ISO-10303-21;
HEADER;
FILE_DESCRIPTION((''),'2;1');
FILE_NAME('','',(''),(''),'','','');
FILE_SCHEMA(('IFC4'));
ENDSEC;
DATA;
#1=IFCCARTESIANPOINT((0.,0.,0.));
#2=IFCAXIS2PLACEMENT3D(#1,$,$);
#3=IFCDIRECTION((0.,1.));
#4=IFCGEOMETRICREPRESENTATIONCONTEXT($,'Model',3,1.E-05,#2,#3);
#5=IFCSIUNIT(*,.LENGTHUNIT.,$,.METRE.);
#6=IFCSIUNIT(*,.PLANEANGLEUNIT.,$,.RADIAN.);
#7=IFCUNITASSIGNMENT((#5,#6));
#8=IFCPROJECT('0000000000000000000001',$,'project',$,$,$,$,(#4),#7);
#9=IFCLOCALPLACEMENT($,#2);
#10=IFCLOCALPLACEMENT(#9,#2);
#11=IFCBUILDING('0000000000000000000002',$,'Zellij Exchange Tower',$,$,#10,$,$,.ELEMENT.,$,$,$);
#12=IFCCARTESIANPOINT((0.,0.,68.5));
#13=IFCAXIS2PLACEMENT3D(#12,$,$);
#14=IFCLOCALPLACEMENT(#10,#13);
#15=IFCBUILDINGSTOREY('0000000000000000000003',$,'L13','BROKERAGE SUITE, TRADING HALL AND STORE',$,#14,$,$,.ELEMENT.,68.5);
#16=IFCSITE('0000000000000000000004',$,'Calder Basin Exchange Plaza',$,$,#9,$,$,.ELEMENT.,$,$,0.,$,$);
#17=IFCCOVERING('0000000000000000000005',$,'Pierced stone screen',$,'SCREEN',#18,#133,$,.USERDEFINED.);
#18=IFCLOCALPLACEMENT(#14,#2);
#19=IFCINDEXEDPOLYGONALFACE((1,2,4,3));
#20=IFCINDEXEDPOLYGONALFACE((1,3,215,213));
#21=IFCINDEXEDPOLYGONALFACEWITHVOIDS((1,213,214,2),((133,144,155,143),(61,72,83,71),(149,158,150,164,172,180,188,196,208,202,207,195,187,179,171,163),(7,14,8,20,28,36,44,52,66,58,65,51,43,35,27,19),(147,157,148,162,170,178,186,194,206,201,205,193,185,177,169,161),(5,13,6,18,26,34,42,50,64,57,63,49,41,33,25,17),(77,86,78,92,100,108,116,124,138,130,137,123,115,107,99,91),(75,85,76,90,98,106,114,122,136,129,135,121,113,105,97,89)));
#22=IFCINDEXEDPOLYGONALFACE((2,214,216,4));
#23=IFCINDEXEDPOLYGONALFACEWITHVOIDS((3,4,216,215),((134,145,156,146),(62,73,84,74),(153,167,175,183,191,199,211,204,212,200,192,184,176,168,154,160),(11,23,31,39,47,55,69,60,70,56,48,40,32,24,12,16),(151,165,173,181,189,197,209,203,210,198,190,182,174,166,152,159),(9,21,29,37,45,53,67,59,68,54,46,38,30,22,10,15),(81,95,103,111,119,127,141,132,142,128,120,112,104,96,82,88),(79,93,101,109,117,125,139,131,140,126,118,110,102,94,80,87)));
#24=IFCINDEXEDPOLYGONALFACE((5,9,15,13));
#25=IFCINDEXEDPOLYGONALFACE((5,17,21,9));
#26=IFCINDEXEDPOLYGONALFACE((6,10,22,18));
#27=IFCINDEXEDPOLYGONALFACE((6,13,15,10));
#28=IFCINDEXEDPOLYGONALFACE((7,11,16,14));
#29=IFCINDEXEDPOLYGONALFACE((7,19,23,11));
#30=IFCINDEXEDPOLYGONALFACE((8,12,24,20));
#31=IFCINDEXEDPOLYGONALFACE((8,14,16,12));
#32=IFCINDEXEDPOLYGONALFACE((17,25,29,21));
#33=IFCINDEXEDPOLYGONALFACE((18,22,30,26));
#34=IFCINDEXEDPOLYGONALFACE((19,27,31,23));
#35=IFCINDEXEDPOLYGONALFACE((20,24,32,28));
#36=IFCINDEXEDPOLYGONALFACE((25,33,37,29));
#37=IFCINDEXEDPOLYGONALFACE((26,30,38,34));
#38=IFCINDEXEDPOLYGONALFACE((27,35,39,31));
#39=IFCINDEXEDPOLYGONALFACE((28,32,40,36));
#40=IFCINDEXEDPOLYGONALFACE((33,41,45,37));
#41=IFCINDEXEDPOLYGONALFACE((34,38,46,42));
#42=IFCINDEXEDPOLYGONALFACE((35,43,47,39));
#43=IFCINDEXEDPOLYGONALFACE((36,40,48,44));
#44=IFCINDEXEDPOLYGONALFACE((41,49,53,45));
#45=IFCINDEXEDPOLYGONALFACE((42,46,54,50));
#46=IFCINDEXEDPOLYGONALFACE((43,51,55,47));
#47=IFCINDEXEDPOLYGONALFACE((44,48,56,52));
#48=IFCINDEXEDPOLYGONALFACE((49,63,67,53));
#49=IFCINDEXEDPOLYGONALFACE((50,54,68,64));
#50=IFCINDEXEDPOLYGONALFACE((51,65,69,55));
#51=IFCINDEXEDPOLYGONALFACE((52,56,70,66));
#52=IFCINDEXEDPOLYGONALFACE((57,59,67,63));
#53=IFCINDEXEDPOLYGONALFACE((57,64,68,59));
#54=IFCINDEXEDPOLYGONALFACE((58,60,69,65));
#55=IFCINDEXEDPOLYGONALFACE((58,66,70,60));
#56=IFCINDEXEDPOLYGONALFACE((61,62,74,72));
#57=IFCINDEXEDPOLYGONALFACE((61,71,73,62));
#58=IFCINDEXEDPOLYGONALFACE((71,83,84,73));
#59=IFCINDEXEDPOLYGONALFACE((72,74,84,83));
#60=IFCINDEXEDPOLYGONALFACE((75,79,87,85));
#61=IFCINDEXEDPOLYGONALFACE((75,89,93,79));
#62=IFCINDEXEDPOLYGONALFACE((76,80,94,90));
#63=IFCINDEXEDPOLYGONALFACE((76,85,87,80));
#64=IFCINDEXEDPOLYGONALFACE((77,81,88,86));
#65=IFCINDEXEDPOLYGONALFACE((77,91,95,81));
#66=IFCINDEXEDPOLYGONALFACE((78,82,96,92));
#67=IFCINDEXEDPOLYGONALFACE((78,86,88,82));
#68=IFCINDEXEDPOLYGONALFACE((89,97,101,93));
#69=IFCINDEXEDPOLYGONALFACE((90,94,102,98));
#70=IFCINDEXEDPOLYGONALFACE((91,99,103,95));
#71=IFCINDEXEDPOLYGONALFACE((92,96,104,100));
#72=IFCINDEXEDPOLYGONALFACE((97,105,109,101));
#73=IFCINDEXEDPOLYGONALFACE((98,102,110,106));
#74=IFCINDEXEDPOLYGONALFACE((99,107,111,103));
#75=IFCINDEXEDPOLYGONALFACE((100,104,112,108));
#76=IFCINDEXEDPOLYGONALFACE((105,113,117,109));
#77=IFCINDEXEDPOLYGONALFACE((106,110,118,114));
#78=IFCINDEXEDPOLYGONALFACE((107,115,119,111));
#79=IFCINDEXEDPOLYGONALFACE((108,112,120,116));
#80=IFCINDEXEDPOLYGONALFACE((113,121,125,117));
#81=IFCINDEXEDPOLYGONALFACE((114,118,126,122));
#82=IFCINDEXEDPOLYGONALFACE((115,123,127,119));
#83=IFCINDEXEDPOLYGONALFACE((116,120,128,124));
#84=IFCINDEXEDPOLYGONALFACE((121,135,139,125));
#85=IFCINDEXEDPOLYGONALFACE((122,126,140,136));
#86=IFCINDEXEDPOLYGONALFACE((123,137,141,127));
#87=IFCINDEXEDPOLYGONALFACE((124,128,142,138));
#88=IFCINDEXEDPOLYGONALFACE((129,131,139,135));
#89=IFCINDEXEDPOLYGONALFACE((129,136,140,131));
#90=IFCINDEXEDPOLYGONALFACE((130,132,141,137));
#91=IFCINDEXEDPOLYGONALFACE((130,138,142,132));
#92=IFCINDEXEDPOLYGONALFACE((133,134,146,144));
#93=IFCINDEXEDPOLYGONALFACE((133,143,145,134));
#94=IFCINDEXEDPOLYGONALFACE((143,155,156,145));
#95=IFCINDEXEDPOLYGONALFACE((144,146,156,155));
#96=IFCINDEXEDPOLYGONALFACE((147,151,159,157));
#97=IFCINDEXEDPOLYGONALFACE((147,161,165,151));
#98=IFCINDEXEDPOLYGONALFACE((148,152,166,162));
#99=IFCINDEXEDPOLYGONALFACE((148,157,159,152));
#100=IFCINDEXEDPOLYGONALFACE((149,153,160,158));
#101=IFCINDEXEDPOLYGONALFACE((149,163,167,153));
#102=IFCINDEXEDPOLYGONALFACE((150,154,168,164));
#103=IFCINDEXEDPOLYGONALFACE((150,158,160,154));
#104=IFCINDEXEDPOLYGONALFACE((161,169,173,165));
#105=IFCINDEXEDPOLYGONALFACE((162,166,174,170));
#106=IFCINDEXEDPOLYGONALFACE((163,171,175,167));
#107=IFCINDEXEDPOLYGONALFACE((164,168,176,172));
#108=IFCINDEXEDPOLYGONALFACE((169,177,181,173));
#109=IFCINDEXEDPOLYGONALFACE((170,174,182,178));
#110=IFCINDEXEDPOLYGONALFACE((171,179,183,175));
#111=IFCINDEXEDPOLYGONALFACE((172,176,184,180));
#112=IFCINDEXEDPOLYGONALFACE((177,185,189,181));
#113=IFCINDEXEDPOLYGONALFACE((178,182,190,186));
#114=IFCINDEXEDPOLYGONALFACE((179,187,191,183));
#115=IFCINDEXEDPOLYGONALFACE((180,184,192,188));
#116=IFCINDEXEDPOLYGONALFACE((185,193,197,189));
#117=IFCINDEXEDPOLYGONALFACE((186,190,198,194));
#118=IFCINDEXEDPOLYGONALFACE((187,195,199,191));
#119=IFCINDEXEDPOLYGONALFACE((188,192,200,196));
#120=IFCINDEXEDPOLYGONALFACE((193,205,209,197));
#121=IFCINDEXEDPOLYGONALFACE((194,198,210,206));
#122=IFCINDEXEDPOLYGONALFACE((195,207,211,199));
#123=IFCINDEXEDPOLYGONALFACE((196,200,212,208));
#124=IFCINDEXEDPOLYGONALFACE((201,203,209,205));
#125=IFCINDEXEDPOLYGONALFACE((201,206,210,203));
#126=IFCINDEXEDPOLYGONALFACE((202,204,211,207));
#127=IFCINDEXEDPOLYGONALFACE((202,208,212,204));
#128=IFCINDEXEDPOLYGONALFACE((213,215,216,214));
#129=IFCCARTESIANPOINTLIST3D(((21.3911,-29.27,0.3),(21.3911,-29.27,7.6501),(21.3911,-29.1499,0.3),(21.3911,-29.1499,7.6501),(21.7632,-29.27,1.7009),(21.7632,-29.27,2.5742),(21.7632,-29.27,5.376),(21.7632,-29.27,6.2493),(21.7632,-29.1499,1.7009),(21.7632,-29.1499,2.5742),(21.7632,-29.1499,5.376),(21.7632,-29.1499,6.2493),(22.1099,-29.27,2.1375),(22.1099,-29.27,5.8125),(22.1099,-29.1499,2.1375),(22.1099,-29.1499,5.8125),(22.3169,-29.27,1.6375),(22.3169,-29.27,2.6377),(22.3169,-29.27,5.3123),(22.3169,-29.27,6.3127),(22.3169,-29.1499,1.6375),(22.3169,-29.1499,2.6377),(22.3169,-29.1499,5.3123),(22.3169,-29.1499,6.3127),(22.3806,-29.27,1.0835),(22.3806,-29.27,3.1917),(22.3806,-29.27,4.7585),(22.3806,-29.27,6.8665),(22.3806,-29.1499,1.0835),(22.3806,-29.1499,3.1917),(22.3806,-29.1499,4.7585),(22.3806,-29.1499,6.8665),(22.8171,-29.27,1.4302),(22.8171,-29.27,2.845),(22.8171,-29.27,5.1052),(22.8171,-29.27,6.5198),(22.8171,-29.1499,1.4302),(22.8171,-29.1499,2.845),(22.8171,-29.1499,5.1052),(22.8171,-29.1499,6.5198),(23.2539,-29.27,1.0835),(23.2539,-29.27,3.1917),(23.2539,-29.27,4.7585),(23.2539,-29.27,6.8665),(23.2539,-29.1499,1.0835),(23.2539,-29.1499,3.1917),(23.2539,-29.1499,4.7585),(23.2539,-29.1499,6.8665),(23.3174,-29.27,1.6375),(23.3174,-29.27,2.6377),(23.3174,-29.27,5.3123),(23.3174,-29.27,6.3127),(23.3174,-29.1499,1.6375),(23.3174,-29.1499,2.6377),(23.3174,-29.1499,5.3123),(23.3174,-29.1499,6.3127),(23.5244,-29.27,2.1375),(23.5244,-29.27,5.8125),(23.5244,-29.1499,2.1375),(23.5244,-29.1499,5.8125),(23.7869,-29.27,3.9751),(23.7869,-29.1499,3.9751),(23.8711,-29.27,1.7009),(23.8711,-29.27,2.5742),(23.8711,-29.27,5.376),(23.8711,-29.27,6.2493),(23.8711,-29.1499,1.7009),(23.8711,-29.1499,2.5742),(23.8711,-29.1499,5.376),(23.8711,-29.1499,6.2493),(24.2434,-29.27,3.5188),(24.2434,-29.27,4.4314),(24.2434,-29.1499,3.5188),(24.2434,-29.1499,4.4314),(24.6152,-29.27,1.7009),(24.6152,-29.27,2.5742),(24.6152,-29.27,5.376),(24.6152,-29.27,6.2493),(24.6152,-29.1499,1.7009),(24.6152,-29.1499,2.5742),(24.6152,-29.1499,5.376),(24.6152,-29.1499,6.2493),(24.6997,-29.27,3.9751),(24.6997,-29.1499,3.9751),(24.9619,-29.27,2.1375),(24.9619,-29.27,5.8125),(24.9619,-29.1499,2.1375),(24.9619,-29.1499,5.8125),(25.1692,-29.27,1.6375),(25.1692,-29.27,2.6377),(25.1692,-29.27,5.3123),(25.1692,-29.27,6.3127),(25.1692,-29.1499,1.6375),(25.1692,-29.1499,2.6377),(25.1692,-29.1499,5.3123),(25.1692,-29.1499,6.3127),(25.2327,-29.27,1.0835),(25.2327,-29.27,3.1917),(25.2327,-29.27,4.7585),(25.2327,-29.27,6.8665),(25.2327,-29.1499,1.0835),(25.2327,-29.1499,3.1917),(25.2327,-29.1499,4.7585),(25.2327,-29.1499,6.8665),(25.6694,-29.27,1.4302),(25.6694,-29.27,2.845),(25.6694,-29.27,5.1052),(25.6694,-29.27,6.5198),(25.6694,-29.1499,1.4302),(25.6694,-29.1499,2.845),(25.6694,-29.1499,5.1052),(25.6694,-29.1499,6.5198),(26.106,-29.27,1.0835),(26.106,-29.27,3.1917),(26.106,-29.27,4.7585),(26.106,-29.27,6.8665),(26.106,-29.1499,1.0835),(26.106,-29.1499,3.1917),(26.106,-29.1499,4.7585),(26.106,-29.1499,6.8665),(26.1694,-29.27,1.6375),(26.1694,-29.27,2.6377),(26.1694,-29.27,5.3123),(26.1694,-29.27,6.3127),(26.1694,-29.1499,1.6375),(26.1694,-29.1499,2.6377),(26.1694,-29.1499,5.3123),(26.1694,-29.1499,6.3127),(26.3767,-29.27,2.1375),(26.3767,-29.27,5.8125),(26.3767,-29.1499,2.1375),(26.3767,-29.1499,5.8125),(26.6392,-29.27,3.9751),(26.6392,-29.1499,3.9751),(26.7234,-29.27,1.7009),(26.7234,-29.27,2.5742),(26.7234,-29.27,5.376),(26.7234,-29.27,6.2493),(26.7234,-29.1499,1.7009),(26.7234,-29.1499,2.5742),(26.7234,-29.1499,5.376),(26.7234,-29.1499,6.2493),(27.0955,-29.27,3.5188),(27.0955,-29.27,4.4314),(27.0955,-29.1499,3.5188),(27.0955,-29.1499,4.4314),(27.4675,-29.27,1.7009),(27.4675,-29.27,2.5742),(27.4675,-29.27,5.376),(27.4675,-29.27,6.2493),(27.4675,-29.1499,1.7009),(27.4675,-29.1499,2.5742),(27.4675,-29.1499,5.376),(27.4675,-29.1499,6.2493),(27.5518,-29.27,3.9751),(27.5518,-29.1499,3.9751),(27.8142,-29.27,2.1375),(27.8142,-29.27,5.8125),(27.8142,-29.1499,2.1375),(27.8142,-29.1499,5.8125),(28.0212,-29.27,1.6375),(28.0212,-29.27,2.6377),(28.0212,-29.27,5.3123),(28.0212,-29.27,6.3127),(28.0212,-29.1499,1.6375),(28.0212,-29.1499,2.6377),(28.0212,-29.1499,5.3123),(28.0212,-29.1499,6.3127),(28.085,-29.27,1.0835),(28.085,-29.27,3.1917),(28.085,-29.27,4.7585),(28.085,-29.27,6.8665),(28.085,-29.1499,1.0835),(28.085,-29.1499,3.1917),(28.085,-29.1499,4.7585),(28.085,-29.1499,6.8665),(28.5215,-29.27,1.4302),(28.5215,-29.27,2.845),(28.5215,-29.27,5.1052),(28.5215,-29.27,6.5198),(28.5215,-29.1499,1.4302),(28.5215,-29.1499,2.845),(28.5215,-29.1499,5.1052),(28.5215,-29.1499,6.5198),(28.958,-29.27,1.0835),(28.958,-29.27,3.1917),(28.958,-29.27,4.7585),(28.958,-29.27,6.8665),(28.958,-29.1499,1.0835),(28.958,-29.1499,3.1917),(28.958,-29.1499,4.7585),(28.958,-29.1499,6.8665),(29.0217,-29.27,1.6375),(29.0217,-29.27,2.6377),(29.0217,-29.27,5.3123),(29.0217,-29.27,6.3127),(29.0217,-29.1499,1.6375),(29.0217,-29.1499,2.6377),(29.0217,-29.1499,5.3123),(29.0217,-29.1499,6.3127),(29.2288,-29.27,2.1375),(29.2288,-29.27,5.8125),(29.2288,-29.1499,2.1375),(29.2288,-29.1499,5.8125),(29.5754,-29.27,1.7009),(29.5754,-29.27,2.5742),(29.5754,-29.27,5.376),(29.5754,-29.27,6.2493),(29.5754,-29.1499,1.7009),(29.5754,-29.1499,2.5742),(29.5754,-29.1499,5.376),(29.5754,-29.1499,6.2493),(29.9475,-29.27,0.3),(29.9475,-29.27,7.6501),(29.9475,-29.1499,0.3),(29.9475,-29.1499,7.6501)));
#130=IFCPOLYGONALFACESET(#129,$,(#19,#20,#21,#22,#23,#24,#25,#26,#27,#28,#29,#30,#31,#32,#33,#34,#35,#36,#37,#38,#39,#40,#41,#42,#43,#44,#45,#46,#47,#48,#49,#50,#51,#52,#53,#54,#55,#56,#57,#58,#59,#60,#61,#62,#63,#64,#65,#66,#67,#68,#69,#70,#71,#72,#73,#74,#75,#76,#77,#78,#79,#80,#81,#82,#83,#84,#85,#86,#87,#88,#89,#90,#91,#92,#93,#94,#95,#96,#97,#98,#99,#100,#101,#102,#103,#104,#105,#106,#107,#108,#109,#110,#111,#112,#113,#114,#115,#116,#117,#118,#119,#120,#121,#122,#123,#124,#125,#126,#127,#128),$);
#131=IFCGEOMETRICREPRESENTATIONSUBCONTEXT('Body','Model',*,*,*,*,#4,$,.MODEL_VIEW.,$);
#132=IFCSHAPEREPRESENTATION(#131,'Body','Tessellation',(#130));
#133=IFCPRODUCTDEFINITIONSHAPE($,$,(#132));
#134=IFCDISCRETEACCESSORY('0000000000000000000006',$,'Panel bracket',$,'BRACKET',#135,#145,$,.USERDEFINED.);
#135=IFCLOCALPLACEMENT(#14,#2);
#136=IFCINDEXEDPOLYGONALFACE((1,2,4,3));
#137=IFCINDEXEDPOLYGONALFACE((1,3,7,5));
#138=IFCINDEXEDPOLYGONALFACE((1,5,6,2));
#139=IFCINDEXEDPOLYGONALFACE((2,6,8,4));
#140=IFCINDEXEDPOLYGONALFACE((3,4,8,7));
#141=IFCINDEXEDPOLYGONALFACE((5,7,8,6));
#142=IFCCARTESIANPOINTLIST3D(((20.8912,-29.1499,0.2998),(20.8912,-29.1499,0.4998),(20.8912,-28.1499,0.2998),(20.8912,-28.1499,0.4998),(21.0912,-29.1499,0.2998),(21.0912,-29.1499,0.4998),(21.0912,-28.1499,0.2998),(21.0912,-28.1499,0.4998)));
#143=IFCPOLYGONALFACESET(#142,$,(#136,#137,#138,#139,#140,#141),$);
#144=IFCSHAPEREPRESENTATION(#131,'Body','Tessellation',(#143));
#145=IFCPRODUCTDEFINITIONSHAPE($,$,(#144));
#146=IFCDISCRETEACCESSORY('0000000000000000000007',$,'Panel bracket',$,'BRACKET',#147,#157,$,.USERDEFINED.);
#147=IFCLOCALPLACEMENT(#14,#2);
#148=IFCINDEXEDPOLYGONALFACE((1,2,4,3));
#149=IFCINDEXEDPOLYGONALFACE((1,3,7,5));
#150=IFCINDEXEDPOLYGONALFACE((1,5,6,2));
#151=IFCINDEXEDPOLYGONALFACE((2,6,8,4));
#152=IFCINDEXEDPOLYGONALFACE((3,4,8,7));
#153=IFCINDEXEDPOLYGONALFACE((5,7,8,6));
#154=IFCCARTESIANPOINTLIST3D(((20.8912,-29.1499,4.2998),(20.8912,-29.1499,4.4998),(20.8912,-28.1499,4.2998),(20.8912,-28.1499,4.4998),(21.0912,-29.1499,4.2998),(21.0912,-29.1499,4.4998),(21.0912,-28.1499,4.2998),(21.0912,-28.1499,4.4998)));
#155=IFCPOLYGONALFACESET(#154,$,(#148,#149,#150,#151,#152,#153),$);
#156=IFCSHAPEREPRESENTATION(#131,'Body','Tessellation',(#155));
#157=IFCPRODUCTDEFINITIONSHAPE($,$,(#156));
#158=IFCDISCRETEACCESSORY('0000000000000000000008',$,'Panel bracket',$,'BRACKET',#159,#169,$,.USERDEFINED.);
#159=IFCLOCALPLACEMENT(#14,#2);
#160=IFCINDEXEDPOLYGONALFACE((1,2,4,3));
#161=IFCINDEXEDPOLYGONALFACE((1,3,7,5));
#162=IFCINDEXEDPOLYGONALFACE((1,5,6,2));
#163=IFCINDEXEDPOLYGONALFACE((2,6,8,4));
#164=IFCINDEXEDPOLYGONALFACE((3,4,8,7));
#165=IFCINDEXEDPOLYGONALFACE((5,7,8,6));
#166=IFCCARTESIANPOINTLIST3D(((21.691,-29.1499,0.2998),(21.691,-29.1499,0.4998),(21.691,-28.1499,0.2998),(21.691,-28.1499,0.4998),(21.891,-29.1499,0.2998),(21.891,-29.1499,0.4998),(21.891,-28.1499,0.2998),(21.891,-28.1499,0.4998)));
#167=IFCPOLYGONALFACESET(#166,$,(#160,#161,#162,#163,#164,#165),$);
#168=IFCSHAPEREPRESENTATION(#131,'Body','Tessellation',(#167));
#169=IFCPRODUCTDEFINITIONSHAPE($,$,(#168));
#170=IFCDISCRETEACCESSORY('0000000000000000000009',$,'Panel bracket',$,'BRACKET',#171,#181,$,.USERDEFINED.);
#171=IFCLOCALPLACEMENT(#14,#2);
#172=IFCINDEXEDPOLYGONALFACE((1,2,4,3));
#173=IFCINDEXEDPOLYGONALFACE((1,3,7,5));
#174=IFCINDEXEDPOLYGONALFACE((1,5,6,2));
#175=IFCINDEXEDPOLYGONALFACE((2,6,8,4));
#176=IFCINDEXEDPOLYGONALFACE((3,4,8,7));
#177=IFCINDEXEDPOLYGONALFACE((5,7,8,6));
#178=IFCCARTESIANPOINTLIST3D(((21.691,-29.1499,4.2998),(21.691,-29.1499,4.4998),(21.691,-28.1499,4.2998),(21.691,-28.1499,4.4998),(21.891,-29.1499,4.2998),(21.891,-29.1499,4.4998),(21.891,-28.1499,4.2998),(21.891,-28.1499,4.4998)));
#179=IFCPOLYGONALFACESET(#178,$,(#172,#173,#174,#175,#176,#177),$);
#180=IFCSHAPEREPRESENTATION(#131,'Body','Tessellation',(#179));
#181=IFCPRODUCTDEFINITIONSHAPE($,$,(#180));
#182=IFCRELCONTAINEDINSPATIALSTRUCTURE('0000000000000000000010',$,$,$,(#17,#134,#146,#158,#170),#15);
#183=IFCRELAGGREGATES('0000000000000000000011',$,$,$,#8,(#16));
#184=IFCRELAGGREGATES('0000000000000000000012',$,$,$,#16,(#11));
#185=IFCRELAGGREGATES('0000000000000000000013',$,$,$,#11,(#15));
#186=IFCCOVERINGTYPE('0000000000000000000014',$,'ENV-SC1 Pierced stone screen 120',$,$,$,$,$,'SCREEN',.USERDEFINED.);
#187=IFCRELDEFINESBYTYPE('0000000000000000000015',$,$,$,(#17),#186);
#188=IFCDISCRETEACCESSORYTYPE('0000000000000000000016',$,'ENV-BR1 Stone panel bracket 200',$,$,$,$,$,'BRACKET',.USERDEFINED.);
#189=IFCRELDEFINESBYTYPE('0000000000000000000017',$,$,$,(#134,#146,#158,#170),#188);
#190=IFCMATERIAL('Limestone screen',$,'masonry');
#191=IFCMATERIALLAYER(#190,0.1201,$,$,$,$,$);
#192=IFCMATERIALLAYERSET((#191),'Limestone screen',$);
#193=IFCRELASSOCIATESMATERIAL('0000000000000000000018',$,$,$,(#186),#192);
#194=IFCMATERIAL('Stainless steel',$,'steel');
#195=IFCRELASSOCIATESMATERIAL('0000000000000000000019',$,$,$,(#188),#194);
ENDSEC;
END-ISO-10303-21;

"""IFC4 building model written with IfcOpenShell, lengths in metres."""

from ifc_helpers import new_model, si_unit, direction, frame, origin, origin_2d, place, context, subcontext, project, spatial, polyline, rectangle, outline, extrude, material, layer, layer_set, type_object, element, save


model = new_model("IFC4")

# Units and contexts
model_context = context("Model", 3, precision=1e-05, world=origin(), true_north=direction((0.0, 1.0)))
body_context = subcontext(model_context, "Body", "Model", "MODEL_VIEW")
ifc_project = project(units=[si_unit("LENGTHUNIT", "METRE"), si_unit("PLANEANGLEUNIT", "RADIAN")], contexts=[model_context])

# Site, building, storey
site_placement = place(None, origin())
site = spatial("IfcSite", under=ifc_project, at=site_placement, Name="Calder Basin Exchange Plaza", CompositionType="ELEMENT", RefElevation=0.0)
building_placement = place(site_placement, origin())
building = spatial("IfcBuilding", under=site, at=building_placement, Name="Zellij Exchange Tower", CompositionType="ELEMENT")
storey_placement = place(building_placement, frame((0.0, 0.0, 68.5)))
storey = spatial("IfcBuildingStorey", under=building, at=storey_placement, Name="L13", Description="BROKERAGE SUITE, TRADING HALL AND STORE", CompositionType="ELEMENT", Elevation=68.5)

# Covering
ifc_material_1 = material(Name="Limestone screen", Category="masonry")
ifc_layer_1 = layer(ifc_material_1, 0.1201)
ifc_layer_set_1 = layer_set([ifc_layer_1], Name="Limestone screen")
covering_type = type_object("IfcCoveringType", Name="ENV-SC1 Pierced stone screen 120", ElementType="SCREEN", PredefinedType="USERDEFINED", material=ifc_layer_set_1)
covering_placement = place(storey_placement, frame((21.3911, -29.21, 0.3), z_axis=(0.0, 0.0, 1.0), x_axis=(1.0, 0.0, 0.0)))
element("IfcCovering", 1, at=covering_placement, inside=storey, type_object=covering_type, Name="Pierced stone screen", ObjectType="SCREEN", PredefinedType="USERDEFINED", context=body_context, shape_type="SweptSolid", body=[
    extrude(outline(polyline([(0.0, 0.0), (8.5564, 0.0), (8.5564, 7.3501), (0.0, 7.3501), (0.0, 0.0)]), holes=[polyline([(2.48, 2.2742), (1.9263, 2.3376), (1.8628, 2.8916), (1.426, 2.5449), (0.9895, 2.8916), (0.9258, 2.3376), (0.3721, 2.2742), (0.7188, 1.8374), (0.3721, 1.4009), (0.9258, 1.3374), (0.9895, 0.7834), (1.426, 1.1301), (1.8628, 0.7834), (1.9263, 1.3374), (2.48, 1.4009), (2.1333, 1.8374), (2.48, 2.2742)]), polyline([(2.48, 5.9492), (1.9263, 6.0127), (1.8628, 6.5664), (1.426, 6.2197), (0.9895, 6.5664), (0.9258, 6.0127), (0.3721, 5.9492), (0.7188, 5.5125), (0.3721, 5.0759), (0.9258, 5.0122), (0.9895, 4.4585), (1.426, 4.8052), (1.8628, 4.4585), (1.9263, 5.0122), (2.48, 5.0759), (2.1333, 5.5125), (2.48, 5.9492)]), polyline([(5.3323, 2.2742), (4.7783, 2.3376), (4.7148, 2.8916), (4.2783, 2.5449), (3.8416, 2.8916), (3.7781, 2.3376), (3.2241, 2.2742), (3.5708, 1.8374), (3.2241, 1.4009), (3.7781, 1.3374), (3.8416, 0.7834), (4.2783, 1.1301), (4.7148, 0.7834), (4.7783, 1.3374), (5.3323, 1.4009), (4.9856, 1.8374), (5.3323, 2.2742)]), polyline([(5.3323, 5.9492), (4.7783, 6.0127), (4.7148, 6.5664), (4.2783, 6.2197), (3.8416, 6.5664), (3.7781, 6.0127), (3.2241, 5.9492), (3.5708, 5.5125), (3.2241, 5.0759), (3.7781, 5.0122), (3.8416, 4.4585), (4.2783, 4.8052), (4.7148, 4.4585), (4.7783, 5.0122), (5.3323, 5.0759), (4.9856, 5.5125), (5.3323, 5.9492)]), polyline([(8.1843, 2.2742), (7.6306, 2.3376), (7.5669, 2.8916), (7.1304, 2.5449), (6.6938, 2.8916), (6.6301, 2.3376), (6.0764, 2.2742), (6.4231, 1.8374), (6.0764, 1.4009), (6.6301, 1.3374), (6.6938, 0.7834), (7.1304, 1.1301), (7.5669, 0.7834), (7.6306, 1.3374), (8.1843, 1.4009), (7.8376, 1.8374), (8.1843, 2.2742)]), polyline([(8.1843, 5.9492), (7.6306, 6.0127), (7.5669, 6.5664), (7.1304, 6.2197), (6.6938, 6.5664), (6.6301, 6.0127), (6.0764, 5.9492), (6.4231, 5.5125), (6.0764, 5.0759), (6.6301, 5.0122), (6.6938, 4.4585), (7.1304, 4.8052), (7.5669, 4.4585), (7.6306, 5.0122), (8.1843, 5.0759), (7.8376, 5.5125), (8.1843, 5.9492)]), polyline([(3.3086, 3.675), (2.8523, 4.1313), (2.3958, 3.675), (2.8523, 3.2188), (3.3086, 3.675)]), polyline([(6.1606, 3.675), (5.7043, 4.1313), (5.248, 3.675), (5.7043, 3.2188), (6.1606, 3.675)])]), frame((0.0, 0.0601, 0.0), z_axis=(0.0, -1.0, 0.0), x_axis=(1.0, 0.0, 0.0)), (0.0, 0.0, 1.0), 0.1201),
])

# Discrete accessories
ifc_material_2 = material(Name="Stainless steel", Category="steel")
discrete_accessory_type = type_object("IfcDiscreteAccessoryType", Name="ENV-BR1 Stone panel bracket 200", ElementType="BRACKET", PredefinedType="USERDEFINED", material=ifc_material_2)
for number, where, z_axis, x_axis, name in (
    (2, (20.9912, -28.6499, 0.2998), (0.0, 0.0, 1.0), (1.0, 0.0, 0.0), "Panel bracket"),
    (3, (20.9912, -28.6499, 4.2998), (0.0, 0.0, 1.0), (1.0, 0.0, 0.0), "Panel bracket"),
    (4, (21.791, -28.6499, 0.2998), (0.0, 0.0, 1.0), (1.0, 0.0, 0.0), "Panel bracket"),
    (5, (21.791, -28.6499, 4.2998), (0.0, 0.0, 1.0), (1.0, 0.0, 0.0), "Panel bracket"),
):
    element("IfcDiscreteAccessory", number, at=place(storey_placement, frame(where, z_axis=z_axis, x_axis=x_axis)), inside=storey, type_object=discrete_accessory_type, Name=name, ObjectType="BRACKET", PredefinedType="USERDEFINED", context=body_context, shape_type="SweptSolid", body=[
        extrude(rectangle(XDim=0.2, YDim=1.0, at=origin_2d()), origin(), (0.0, 0.0, 1.0), 0.2),
    ])

save(model, "model.ifc")
